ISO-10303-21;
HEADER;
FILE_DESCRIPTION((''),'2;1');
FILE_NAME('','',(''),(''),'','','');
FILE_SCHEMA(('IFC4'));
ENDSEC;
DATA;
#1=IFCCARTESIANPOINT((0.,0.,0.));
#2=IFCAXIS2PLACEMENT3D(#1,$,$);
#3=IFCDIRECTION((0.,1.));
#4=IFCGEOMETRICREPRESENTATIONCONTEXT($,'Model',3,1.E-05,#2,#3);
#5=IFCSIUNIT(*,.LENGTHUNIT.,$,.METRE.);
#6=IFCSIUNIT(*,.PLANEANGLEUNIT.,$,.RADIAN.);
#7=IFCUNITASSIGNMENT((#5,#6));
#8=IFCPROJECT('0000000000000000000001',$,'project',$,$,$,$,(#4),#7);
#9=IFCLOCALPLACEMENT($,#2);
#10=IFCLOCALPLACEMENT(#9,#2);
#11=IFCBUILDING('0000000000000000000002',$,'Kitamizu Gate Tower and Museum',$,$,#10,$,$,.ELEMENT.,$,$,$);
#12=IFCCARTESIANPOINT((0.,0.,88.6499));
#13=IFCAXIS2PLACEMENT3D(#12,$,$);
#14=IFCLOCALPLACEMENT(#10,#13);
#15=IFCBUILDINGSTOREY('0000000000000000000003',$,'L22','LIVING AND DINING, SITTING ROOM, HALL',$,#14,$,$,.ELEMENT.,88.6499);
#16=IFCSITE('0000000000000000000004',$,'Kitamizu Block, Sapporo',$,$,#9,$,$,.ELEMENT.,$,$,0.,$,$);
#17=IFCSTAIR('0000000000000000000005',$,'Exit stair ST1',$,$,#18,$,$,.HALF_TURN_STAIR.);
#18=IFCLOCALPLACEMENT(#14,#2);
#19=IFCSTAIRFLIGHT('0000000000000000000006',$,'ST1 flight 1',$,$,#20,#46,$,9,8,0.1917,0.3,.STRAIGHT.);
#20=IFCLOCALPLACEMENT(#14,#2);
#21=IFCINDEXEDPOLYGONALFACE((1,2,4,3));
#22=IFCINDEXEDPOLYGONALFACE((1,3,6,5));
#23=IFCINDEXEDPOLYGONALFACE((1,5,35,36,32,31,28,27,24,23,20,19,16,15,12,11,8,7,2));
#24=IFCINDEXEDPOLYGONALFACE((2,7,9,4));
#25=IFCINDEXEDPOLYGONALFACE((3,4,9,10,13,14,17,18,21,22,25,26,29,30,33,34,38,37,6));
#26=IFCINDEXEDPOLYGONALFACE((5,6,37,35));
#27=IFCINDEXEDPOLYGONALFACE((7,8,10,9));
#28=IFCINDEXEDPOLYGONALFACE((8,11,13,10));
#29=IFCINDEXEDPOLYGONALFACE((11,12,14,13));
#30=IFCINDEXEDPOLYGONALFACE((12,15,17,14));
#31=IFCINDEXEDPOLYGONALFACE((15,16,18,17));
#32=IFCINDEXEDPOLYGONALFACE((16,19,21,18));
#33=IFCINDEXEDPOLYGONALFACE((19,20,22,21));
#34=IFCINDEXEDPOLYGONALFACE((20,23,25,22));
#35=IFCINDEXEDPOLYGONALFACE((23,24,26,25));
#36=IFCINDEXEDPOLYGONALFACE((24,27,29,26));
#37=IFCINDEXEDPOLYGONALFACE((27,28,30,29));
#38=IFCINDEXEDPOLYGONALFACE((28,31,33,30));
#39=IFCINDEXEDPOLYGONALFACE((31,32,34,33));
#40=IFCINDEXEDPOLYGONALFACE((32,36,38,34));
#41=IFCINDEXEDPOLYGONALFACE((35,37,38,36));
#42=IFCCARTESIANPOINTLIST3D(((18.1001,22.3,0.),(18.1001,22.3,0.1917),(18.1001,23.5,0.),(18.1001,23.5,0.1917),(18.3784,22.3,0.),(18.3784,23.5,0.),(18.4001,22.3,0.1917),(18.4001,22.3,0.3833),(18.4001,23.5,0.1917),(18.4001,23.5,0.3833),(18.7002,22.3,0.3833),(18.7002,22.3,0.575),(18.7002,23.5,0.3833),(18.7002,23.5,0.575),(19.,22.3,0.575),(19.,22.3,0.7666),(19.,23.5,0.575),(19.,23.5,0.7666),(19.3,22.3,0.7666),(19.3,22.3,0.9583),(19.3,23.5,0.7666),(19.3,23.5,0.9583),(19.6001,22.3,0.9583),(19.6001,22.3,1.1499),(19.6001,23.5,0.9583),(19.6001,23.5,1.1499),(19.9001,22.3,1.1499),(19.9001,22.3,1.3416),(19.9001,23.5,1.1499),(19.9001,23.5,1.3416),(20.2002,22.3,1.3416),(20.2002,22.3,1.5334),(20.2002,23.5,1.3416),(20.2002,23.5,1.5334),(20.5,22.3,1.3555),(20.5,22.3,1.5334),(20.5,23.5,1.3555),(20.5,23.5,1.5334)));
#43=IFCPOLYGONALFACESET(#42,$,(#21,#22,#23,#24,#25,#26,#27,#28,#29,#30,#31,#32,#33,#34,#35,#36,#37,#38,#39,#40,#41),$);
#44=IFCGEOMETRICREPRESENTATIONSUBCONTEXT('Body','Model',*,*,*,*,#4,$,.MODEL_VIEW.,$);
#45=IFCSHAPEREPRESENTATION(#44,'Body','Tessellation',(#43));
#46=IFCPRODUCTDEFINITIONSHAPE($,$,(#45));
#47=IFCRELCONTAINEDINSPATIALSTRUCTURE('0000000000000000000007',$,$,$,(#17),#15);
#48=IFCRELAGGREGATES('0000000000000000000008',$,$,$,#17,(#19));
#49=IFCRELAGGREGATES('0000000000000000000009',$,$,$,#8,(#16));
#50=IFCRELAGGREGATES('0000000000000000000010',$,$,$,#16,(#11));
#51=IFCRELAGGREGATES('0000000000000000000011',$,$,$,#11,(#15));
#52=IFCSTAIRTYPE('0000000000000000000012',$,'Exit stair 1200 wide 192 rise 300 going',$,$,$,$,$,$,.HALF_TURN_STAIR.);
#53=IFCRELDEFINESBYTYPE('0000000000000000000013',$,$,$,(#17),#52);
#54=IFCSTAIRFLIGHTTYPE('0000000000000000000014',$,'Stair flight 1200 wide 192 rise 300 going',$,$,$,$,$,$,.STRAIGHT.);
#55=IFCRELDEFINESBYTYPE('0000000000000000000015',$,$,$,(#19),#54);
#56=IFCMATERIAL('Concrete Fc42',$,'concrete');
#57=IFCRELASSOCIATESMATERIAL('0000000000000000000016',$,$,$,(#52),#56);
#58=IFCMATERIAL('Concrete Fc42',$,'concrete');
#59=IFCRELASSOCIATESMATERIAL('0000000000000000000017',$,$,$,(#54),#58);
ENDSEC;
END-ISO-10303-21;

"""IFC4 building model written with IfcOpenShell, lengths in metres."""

from ifc_helpers import new_model, si_unit, direction, frame, origin, place, context, subcontext, project, spatial, polyline, outline, extrude, material, type_object, element, aggregate, save


model = new_model("IFC4")

# Units and contexts
model_context = context("Model", 3, precision=1e-05, world=origin(), true_north=direction((0.0, 1.0)))
body_context = subcontext(model_context, "Body", "Model", "MODEL_VIEW")
ifc_project = project(units=[si_unit("LENGTHUNIT", "METRE"), si_unit("PLANEANGLEUNIT", "RADIAN")], contexts=[model_context])

# Site, building, storey
site_placement = place(None, origin())
site = spatial("IfcSite", under=ifc_project, at=site_placement, Name="Kitamizu Block, Sapporo", CompositionType="ELEMENT", RefElevation=0.0)
building_placement = place(site_placement, origin())
building = spatial("IfcBuilding", under=site, at=building_placement, Name="Kitamizu Gate Tower and Museum", CompositionType="ELEMENT")
storey_placement = place(building_placement, frame((0.0, 0.0, 88.6499)))
storey = spatial("IfcBuildingStorey", under=building, at=storey_placement, Name="L22", Description="LIVING AND DINING, SITTING ROOM, HALL", CompositionType="ELEMENT", Elevation=88.6499)

# Stair, stair flight
ifc_material_1 = material(Name="Concrete Fc42", Category="concrete")
stair_type = type_object("IfcStairType", Name="Exit stair 1200 wide 192 rise 300 going", PredefinedType="HALF_TURN_STAIR", material=ifc_material_1)
stair_placement = place(storey_placement, origin())
stair = element("IfcStair", 1, at=stair_placement, inside=storey, type_object=stair_type, Name="Exit stair ST1", PredefinedType="HALF_TURN_STAIR")
ifc_material_2 = material(Name="Concrete Fc42", Category="concrete")
stair_flight_type = type_object("IfcStairFlightType", Name="Stair flight 1200 wide 192 rise 300 going", PredefinedType="STRAIGHT", material=ifc_material_2)
stair_flight_placement = place(storey_placement, frame((18.1001, 22.8999, 0.0), z_axis=(0.0, 0.0, 1.0), x_axis=(1.0, 0.0, 0.0)))
stair_flight = element("IfcStairFlight", 2, at=stair_flight_placement, type_object=stair_flight_type, Name="ST1 flight 1", NumberOfRisers=9, NumberOfTreads=8, PredefinedType="STRAIGHT", RiserHeight=0.1917, TreadLength=0.3, context=body_context, shape_type="SweptSolid", body=[
    extrude(outline(polyline([(0.0, 0.0), (0.0, 0.1917), (0.3, 0.1917), (0.3, 0.3833), (0.6001, 0.3833), (0.6001, 0.575), (0.8999, 0.575), (0.8999, 0.7666), (1.2, 0.7666), (1.2, 0.9583), (1.5, 0.9583), (1.5, 1.1499), (1.8, 1.1499), (1.8, 1.3416), (2.1001, 1.3416), (2.1001, 1.5334), (2.3999, 1.5334), (2.3999, 1.7251), (2.3999, 1.3555), (0.2783, 0.0), (0.0, 0.0)])), frame((0.0, 0.6001, 0.0), z_axis=(0.0, -1.0, 0.0), x_axis=(1.0, 0.0, 0.0)), (0.0, 0.0, 1.0), 1.2),
])
aggregate(stair, [stair_flight])

save(model, "model.ifc")
